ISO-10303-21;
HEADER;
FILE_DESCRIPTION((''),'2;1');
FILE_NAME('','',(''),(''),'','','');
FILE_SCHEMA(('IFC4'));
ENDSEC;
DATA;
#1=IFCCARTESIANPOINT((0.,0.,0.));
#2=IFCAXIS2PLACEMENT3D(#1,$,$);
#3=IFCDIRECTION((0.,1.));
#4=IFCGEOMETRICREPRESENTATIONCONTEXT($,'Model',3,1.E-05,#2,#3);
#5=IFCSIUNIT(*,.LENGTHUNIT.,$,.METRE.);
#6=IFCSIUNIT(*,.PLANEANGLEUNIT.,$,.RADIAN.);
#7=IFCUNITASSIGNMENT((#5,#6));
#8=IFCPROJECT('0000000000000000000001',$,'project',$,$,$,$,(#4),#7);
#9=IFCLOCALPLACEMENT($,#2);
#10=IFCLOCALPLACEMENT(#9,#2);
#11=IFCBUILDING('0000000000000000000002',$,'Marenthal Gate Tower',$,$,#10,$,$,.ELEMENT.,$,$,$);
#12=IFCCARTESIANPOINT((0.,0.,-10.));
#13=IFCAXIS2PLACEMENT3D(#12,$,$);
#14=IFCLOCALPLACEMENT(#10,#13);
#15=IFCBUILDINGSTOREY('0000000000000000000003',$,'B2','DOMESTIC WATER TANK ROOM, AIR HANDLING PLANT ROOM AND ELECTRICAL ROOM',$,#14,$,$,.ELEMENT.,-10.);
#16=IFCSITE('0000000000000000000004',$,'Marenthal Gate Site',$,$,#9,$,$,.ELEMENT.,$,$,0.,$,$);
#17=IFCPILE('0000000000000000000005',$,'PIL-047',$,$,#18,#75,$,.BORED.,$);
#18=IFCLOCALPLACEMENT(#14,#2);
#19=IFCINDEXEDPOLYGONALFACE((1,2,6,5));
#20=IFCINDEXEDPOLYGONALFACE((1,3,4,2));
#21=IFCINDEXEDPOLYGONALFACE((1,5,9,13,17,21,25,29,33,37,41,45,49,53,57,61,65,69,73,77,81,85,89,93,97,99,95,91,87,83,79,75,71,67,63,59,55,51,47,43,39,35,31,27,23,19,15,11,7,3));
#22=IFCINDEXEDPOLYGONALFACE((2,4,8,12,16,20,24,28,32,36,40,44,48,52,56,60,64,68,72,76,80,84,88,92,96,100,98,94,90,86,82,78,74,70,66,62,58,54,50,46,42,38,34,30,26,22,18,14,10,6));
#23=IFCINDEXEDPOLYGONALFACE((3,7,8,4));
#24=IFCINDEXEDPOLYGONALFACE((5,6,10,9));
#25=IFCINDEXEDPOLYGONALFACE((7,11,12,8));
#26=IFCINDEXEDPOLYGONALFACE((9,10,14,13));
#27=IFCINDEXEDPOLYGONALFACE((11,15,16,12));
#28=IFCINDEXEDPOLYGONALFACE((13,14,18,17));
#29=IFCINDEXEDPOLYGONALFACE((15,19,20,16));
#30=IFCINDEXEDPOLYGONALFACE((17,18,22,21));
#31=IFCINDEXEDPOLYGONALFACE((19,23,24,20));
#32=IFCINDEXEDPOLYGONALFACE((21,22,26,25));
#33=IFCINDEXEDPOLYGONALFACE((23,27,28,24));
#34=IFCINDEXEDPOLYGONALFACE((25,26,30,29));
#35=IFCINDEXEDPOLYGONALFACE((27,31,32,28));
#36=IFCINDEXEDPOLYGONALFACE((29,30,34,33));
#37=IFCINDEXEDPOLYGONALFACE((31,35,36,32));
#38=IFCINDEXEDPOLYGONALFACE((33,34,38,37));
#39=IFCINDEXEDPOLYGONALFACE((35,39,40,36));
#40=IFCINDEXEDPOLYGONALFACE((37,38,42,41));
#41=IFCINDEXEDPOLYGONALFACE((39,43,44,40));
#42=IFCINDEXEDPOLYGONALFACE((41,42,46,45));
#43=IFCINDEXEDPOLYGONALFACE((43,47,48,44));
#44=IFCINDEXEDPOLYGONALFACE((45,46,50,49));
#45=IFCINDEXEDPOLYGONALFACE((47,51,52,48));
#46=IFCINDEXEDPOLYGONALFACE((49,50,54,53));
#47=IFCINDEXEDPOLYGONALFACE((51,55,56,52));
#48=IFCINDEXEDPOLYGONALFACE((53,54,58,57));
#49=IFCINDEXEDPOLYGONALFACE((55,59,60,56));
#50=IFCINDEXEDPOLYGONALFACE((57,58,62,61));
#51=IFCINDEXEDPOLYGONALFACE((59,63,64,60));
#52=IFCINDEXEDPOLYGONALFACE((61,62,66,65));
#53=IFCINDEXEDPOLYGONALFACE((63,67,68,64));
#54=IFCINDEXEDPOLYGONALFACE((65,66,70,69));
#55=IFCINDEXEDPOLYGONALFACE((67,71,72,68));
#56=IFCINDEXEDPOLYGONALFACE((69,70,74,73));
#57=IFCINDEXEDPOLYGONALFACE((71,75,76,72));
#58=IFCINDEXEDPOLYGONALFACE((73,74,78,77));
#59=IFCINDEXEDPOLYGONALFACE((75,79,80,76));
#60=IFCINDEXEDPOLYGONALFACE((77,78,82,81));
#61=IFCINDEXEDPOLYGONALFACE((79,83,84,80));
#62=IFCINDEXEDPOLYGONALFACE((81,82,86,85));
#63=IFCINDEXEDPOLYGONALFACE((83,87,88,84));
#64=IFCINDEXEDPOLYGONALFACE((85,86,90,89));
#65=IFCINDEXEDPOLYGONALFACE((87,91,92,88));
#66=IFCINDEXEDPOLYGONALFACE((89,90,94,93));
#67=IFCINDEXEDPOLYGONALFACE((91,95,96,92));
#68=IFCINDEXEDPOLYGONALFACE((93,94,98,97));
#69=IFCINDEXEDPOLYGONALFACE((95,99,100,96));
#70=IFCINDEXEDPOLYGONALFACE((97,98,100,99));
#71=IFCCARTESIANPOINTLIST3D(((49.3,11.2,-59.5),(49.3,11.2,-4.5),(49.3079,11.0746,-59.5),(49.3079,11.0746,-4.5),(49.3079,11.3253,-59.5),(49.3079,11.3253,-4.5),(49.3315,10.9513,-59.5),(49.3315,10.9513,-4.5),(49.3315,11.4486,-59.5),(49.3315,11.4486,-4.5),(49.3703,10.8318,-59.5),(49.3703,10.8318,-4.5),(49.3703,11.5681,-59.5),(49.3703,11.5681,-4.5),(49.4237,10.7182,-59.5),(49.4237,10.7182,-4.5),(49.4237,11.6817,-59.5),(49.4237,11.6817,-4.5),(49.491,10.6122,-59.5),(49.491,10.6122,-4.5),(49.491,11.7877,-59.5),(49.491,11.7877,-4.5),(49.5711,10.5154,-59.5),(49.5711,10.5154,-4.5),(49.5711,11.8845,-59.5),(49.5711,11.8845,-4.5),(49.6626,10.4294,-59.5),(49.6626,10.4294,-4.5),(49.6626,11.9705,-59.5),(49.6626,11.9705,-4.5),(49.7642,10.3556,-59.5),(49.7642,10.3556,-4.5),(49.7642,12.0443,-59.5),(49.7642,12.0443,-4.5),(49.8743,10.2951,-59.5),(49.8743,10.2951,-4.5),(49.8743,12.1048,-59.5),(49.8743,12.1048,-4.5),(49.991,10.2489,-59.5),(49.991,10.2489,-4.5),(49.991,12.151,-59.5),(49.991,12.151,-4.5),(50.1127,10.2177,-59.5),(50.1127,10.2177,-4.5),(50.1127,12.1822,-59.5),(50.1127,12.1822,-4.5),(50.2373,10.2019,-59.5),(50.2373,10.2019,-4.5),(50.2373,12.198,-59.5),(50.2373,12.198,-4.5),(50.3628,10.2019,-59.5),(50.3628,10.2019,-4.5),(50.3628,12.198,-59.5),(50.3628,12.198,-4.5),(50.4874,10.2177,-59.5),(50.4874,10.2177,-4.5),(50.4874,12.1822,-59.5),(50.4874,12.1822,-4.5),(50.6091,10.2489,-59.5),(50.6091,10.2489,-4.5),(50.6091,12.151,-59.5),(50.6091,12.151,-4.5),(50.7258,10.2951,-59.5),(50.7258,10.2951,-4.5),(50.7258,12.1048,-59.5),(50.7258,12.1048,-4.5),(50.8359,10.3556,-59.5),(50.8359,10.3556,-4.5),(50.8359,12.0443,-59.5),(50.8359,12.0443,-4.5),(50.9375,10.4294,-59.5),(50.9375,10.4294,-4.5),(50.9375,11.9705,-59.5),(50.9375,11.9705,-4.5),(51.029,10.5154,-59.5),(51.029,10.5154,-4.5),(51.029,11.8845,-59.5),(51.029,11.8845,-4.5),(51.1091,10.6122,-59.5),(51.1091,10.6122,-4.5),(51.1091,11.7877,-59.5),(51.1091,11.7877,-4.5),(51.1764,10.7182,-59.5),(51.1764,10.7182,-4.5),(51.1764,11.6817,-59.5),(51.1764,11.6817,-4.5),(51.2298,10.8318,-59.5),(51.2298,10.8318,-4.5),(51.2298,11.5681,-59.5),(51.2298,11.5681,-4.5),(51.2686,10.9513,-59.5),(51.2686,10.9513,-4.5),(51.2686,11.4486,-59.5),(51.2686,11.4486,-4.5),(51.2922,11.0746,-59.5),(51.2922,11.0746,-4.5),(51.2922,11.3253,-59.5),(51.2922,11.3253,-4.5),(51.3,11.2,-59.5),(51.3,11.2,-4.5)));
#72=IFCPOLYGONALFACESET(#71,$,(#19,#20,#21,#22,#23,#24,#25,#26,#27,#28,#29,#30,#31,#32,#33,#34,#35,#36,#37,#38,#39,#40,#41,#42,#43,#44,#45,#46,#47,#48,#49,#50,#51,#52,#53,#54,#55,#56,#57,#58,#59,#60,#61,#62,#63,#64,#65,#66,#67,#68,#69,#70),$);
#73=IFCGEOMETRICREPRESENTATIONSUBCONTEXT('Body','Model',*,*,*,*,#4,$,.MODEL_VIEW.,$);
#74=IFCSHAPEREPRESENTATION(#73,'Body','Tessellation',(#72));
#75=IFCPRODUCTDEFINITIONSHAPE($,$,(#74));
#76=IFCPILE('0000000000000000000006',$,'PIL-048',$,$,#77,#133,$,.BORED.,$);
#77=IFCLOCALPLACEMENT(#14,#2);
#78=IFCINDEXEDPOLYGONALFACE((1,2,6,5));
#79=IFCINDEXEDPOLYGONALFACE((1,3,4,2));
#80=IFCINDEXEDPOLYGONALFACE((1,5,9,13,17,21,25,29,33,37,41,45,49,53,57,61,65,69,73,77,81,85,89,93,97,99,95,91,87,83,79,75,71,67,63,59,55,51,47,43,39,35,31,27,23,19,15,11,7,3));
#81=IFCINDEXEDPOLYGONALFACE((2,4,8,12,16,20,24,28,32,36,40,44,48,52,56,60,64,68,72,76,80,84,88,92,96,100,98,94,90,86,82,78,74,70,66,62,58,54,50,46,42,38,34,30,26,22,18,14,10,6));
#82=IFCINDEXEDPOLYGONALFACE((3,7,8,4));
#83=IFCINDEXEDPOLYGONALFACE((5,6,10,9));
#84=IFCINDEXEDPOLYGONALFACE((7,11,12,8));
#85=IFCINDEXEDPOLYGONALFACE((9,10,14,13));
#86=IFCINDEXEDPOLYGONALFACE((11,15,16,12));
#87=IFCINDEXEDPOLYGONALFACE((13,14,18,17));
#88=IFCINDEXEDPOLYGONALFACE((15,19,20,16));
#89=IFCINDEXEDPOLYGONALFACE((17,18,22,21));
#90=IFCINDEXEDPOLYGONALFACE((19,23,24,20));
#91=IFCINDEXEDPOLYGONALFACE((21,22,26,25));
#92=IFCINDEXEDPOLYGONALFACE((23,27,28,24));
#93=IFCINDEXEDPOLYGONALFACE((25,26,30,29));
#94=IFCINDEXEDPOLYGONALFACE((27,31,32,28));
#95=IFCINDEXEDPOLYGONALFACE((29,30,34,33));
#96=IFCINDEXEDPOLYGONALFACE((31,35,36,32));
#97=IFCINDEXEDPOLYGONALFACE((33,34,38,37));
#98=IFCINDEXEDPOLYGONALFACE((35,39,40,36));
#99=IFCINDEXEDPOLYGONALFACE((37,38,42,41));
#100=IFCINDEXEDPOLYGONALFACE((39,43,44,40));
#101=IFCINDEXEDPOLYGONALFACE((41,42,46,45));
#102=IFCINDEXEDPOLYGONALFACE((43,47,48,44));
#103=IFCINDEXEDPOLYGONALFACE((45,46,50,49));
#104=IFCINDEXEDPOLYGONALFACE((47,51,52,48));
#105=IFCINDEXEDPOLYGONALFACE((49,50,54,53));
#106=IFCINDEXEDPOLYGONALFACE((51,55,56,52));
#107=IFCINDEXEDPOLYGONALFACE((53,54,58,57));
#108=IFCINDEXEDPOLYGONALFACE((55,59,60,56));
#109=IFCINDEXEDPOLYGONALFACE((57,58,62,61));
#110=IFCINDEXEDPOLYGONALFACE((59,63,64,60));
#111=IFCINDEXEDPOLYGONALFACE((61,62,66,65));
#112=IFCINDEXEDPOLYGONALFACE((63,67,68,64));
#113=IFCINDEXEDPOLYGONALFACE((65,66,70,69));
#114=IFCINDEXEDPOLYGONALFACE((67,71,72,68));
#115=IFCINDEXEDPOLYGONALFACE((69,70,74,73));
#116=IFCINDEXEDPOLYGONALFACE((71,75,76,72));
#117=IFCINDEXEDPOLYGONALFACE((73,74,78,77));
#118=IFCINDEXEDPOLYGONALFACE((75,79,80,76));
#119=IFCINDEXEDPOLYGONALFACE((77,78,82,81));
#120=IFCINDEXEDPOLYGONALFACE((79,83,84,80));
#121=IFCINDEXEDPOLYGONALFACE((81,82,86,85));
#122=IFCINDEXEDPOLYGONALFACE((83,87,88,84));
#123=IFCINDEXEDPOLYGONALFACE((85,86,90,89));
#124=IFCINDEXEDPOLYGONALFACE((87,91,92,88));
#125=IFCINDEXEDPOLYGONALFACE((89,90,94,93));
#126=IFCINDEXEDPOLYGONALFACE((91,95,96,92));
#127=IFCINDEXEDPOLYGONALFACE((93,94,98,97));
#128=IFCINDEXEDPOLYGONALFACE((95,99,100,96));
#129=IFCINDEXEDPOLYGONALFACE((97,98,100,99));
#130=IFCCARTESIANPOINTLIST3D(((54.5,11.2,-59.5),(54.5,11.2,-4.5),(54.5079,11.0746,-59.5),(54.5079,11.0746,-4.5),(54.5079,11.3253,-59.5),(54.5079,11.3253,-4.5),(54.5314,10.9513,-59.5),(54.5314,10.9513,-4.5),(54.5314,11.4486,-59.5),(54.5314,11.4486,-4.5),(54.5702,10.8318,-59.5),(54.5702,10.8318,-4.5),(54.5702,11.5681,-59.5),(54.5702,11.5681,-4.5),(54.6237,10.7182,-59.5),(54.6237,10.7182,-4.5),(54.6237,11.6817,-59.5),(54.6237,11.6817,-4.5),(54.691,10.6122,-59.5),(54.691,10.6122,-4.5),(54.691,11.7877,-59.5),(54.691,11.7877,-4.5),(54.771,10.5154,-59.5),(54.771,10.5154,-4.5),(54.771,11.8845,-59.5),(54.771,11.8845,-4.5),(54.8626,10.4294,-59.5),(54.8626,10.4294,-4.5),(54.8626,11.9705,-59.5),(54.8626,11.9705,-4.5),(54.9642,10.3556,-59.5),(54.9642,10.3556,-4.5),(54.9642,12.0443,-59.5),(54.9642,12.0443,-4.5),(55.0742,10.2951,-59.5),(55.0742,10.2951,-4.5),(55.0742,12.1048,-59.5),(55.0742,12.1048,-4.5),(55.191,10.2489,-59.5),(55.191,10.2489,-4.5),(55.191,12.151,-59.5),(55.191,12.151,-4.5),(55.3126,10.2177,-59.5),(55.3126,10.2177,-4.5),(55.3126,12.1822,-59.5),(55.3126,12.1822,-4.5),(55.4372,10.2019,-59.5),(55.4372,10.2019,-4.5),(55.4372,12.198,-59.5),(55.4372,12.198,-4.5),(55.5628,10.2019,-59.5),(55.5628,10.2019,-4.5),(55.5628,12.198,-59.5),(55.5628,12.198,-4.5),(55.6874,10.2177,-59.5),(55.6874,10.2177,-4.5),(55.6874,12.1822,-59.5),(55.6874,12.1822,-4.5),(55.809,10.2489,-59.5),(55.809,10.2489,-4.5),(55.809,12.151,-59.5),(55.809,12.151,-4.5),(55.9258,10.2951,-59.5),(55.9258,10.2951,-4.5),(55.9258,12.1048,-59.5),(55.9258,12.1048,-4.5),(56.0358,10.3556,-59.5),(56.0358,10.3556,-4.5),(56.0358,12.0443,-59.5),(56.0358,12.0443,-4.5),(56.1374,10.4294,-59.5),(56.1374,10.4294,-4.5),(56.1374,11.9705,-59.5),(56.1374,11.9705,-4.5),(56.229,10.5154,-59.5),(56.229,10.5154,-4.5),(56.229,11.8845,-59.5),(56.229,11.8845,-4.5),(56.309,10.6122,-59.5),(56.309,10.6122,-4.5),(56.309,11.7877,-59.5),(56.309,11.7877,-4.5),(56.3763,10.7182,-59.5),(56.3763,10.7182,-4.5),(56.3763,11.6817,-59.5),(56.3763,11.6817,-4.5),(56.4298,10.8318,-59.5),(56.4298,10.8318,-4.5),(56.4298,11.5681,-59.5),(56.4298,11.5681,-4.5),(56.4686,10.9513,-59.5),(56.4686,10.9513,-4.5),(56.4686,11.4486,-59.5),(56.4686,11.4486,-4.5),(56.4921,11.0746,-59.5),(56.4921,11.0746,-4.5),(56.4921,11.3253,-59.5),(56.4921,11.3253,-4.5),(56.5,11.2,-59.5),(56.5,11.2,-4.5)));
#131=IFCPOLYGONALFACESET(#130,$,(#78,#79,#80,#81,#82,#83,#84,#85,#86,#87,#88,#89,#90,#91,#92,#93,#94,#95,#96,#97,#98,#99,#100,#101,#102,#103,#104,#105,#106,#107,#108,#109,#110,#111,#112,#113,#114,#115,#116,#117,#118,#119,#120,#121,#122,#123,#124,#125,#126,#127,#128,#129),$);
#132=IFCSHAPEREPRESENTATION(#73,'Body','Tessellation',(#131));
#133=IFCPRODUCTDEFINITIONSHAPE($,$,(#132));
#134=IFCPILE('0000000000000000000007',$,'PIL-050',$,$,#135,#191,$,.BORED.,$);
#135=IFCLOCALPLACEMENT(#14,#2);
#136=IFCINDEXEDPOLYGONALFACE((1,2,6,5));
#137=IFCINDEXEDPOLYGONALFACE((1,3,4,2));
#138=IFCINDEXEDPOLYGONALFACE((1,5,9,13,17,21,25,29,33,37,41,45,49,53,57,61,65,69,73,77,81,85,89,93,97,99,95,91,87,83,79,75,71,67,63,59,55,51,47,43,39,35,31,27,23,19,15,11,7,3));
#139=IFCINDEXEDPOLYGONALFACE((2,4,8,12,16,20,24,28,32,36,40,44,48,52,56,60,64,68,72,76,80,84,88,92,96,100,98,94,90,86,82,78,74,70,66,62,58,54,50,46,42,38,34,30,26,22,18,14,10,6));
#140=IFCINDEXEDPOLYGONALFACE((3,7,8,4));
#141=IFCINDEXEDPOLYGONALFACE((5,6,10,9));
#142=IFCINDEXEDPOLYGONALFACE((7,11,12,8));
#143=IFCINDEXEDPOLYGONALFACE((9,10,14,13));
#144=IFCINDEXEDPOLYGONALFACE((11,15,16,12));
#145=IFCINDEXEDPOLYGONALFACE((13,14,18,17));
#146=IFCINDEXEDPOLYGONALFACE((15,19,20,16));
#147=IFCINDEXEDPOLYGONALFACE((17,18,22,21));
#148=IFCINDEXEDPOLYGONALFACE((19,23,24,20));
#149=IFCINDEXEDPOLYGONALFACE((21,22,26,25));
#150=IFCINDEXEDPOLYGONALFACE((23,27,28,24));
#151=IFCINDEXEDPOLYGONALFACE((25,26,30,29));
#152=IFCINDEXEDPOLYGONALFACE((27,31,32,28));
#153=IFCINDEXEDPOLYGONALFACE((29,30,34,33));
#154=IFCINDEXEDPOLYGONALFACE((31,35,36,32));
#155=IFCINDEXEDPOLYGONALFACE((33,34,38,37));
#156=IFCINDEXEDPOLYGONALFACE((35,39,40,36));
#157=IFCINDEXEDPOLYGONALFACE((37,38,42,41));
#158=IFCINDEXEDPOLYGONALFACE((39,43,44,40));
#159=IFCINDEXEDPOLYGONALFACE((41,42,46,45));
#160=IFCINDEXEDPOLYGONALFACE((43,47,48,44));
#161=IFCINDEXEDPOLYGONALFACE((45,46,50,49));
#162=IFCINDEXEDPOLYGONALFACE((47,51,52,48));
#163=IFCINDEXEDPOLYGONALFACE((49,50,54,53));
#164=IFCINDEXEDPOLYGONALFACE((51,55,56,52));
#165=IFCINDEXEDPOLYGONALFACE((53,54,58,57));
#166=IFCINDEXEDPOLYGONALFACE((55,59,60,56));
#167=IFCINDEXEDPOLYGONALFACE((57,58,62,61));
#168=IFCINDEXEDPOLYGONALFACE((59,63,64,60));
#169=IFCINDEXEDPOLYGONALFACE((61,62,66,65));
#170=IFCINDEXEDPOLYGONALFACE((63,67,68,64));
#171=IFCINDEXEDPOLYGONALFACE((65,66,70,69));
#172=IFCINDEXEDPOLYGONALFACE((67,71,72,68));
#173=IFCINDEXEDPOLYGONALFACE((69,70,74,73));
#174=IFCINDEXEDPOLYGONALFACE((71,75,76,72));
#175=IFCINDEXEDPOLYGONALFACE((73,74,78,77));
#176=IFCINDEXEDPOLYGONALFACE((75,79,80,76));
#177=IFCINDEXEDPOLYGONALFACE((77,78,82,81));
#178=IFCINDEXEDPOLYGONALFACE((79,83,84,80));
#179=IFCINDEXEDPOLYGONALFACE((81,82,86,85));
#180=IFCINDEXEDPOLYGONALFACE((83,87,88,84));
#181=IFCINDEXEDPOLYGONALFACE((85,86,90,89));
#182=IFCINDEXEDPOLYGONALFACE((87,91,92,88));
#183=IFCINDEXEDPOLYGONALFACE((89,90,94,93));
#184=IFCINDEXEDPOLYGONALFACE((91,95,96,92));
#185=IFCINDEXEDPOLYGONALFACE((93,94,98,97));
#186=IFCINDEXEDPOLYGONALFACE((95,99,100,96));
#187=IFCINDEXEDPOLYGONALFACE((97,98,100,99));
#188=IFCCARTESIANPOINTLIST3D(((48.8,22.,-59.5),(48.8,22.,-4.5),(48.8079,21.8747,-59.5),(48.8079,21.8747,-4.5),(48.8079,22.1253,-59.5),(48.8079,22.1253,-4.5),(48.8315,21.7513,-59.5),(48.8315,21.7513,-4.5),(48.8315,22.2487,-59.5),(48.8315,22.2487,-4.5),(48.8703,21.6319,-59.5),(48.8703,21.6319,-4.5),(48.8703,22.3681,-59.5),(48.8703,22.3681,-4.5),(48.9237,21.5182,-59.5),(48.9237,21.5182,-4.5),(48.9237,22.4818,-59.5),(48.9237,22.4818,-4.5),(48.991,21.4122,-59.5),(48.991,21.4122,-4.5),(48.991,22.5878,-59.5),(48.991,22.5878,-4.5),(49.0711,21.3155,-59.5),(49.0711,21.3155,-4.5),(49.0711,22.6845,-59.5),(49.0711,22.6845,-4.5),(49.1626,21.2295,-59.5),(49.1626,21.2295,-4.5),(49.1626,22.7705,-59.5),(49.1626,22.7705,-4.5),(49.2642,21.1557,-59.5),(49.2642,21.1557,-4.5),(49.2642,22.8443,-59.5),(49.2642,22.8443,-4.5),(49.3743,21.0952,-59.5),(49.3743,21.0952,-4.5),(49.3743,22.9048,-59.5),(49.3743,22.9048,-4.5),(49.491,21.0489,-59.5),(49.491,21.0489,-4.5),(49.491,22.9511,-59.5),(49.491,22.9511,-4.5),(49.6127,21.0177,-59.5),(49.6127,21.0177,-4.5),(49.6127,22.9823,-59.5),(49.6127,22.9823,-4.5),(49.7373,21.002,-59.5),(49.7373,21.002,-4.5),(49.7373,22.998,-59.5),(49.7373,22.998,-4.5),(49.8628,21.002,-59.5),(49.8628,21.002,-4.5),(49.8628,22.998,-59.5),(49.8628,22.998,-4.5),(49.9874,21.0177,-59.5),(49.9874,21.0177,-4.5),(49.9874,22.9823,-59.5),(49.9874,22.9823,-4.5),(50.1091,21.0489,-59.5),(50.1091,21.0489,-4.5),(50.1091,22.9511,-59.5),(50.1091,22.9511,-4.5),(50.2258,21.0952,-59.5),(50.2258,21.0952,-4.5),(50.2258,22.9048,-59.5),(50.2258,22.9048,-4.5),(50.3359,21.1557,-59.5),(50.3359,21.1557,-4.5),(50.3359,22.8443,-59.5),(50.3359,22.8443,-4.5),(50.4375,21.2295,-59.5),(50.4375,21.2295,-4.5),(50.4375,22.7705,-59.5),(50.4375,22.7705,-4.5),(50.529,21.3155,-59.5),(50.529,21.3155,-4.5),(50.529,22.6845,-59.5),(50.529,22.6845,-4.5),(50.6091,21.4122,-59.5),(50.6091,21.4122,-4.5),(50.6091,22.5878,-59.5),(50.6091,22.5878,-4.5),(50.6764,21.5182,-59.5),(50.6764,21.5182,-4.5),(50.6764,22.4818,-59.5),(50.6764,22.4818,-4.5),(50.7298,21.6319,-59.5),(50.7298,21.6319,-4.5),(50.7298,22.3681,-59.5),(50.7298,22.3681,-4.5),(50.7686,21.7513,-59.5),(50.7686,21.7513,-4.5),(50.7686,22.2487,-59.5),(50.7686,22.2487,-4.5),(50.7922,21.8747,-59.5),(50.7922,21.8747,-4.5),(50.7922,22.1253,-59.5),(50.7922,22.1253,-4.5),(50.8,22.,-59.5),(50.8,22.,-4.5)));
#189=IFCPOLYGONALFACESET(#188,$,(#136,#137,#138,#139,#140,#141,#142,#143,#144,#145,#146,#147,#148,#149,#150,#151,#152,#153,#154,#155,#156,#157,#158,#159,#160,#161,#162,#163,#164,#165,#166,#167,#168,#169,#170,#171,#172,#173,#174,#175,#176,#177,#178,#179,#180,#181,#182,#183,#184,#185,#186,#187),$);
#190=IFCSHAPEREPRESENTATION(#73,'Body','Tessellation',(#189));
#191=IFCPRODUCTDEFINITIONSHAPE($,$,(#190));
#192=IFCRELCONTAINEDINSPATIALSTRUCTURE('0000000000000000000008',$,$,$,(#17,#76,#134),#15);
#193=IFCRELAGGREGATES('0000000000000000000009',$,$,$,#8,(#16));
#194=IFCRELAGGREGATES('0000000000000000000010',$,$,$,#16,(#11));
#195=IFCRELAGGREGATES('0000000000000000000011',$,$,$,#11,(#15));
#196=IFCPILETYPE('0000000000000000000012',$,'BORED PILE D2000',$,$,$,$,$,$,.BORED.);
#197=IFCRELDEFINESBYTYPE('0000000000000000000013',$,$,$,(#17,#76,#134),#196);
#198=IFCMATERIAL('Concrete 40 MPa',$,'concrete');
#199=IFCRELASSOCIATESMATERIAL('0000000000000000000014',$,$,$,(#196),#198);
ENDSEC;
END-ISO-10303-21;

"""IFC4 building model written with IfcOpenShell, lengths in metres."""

from ifc_helpers import new_model, si_unit, direction, frame, origin, origin_2d, place, context, subcontext, project, spatial, circle, extrude, material, type_object, element, save


model = new_model("IFC4")

# Units and contexts
model_context = context("Model", 3, precision=1e-05, world=origin(), true_north=direction((0.0, 1.0)))
body_context = subcontext(model_context, "Body", "Model", "MODEL_VIEW")
ifc_project = project(units=[si_unit("LENGTHUNIT", "METRE"), si_unit("PLANEANGLEUNIT", "RADIAN")], contexts=[model_context])

# Site, building, storey
site_placement = place(None, origin())
site = spatial("IfcSite", under=ifc_project, at=site_placement, Name="Marenthal Gate Site", CompositionType="ELEMENT", RefElevation=0.0)
building_placement = place(site_placement, origin())
building = spatial("IfcBuilding", under=site, at=building_placement, Name="Marenthal Gate Tower", CompositionType="ELEMENT")
storey_placement = place(building_placement, frame((0.0, 0.0, -10.0)))
storey = spatial("IfcBuildingStorey", under=building, at=storey_placement, Name="B2", Description="DOMESTIC WATER TANK ROOM, AIR HANDLING PLANT ROOM AND ELECTRICAL ROOM", CompositionType="ELEMENT", Elevation=-10.0)

# Piles
ifc_material_1 = material(Name="Concrete 40 MPa", Category="concrete")
pile_type = type_object("IfcPileType", Name="BORED PILE D2000", PredefinedType="BORED", material=ifc_material_1)
for number, where, z_axis, x_axis, name in (
    (1, (50.3, 11.2, -4.5), (0.0, 0.0, -1.0), (1.0, 0.0, 0.0), "PIL-047"),
    (2, (55.5, 11.2, -4.5), (0.0, 0.0, -1.0), (1.0, 0.0, 0.0), "PIL-048"),
    (3, (49.8, 22.0, -4.5), (0.0, 0.0, -1.0), (1.0, 0.0, 0.0), "PIL-050"),
):
    element("IfcPile", number, at=place(storey_placement, frame(where, z_axis=z_axis, x_axis=x_axis)), inside=storey, type_object=pile_type, Name=name, PredefinedType="BORED", context=body_context, shape_type="SweptSolid", body=[
        extrude(circle(Radius=1.0, at=origin_2d()), origin(), (0.0, 0.0, 1.0), 55.0),
    ])

save(model, "model.ifc")
